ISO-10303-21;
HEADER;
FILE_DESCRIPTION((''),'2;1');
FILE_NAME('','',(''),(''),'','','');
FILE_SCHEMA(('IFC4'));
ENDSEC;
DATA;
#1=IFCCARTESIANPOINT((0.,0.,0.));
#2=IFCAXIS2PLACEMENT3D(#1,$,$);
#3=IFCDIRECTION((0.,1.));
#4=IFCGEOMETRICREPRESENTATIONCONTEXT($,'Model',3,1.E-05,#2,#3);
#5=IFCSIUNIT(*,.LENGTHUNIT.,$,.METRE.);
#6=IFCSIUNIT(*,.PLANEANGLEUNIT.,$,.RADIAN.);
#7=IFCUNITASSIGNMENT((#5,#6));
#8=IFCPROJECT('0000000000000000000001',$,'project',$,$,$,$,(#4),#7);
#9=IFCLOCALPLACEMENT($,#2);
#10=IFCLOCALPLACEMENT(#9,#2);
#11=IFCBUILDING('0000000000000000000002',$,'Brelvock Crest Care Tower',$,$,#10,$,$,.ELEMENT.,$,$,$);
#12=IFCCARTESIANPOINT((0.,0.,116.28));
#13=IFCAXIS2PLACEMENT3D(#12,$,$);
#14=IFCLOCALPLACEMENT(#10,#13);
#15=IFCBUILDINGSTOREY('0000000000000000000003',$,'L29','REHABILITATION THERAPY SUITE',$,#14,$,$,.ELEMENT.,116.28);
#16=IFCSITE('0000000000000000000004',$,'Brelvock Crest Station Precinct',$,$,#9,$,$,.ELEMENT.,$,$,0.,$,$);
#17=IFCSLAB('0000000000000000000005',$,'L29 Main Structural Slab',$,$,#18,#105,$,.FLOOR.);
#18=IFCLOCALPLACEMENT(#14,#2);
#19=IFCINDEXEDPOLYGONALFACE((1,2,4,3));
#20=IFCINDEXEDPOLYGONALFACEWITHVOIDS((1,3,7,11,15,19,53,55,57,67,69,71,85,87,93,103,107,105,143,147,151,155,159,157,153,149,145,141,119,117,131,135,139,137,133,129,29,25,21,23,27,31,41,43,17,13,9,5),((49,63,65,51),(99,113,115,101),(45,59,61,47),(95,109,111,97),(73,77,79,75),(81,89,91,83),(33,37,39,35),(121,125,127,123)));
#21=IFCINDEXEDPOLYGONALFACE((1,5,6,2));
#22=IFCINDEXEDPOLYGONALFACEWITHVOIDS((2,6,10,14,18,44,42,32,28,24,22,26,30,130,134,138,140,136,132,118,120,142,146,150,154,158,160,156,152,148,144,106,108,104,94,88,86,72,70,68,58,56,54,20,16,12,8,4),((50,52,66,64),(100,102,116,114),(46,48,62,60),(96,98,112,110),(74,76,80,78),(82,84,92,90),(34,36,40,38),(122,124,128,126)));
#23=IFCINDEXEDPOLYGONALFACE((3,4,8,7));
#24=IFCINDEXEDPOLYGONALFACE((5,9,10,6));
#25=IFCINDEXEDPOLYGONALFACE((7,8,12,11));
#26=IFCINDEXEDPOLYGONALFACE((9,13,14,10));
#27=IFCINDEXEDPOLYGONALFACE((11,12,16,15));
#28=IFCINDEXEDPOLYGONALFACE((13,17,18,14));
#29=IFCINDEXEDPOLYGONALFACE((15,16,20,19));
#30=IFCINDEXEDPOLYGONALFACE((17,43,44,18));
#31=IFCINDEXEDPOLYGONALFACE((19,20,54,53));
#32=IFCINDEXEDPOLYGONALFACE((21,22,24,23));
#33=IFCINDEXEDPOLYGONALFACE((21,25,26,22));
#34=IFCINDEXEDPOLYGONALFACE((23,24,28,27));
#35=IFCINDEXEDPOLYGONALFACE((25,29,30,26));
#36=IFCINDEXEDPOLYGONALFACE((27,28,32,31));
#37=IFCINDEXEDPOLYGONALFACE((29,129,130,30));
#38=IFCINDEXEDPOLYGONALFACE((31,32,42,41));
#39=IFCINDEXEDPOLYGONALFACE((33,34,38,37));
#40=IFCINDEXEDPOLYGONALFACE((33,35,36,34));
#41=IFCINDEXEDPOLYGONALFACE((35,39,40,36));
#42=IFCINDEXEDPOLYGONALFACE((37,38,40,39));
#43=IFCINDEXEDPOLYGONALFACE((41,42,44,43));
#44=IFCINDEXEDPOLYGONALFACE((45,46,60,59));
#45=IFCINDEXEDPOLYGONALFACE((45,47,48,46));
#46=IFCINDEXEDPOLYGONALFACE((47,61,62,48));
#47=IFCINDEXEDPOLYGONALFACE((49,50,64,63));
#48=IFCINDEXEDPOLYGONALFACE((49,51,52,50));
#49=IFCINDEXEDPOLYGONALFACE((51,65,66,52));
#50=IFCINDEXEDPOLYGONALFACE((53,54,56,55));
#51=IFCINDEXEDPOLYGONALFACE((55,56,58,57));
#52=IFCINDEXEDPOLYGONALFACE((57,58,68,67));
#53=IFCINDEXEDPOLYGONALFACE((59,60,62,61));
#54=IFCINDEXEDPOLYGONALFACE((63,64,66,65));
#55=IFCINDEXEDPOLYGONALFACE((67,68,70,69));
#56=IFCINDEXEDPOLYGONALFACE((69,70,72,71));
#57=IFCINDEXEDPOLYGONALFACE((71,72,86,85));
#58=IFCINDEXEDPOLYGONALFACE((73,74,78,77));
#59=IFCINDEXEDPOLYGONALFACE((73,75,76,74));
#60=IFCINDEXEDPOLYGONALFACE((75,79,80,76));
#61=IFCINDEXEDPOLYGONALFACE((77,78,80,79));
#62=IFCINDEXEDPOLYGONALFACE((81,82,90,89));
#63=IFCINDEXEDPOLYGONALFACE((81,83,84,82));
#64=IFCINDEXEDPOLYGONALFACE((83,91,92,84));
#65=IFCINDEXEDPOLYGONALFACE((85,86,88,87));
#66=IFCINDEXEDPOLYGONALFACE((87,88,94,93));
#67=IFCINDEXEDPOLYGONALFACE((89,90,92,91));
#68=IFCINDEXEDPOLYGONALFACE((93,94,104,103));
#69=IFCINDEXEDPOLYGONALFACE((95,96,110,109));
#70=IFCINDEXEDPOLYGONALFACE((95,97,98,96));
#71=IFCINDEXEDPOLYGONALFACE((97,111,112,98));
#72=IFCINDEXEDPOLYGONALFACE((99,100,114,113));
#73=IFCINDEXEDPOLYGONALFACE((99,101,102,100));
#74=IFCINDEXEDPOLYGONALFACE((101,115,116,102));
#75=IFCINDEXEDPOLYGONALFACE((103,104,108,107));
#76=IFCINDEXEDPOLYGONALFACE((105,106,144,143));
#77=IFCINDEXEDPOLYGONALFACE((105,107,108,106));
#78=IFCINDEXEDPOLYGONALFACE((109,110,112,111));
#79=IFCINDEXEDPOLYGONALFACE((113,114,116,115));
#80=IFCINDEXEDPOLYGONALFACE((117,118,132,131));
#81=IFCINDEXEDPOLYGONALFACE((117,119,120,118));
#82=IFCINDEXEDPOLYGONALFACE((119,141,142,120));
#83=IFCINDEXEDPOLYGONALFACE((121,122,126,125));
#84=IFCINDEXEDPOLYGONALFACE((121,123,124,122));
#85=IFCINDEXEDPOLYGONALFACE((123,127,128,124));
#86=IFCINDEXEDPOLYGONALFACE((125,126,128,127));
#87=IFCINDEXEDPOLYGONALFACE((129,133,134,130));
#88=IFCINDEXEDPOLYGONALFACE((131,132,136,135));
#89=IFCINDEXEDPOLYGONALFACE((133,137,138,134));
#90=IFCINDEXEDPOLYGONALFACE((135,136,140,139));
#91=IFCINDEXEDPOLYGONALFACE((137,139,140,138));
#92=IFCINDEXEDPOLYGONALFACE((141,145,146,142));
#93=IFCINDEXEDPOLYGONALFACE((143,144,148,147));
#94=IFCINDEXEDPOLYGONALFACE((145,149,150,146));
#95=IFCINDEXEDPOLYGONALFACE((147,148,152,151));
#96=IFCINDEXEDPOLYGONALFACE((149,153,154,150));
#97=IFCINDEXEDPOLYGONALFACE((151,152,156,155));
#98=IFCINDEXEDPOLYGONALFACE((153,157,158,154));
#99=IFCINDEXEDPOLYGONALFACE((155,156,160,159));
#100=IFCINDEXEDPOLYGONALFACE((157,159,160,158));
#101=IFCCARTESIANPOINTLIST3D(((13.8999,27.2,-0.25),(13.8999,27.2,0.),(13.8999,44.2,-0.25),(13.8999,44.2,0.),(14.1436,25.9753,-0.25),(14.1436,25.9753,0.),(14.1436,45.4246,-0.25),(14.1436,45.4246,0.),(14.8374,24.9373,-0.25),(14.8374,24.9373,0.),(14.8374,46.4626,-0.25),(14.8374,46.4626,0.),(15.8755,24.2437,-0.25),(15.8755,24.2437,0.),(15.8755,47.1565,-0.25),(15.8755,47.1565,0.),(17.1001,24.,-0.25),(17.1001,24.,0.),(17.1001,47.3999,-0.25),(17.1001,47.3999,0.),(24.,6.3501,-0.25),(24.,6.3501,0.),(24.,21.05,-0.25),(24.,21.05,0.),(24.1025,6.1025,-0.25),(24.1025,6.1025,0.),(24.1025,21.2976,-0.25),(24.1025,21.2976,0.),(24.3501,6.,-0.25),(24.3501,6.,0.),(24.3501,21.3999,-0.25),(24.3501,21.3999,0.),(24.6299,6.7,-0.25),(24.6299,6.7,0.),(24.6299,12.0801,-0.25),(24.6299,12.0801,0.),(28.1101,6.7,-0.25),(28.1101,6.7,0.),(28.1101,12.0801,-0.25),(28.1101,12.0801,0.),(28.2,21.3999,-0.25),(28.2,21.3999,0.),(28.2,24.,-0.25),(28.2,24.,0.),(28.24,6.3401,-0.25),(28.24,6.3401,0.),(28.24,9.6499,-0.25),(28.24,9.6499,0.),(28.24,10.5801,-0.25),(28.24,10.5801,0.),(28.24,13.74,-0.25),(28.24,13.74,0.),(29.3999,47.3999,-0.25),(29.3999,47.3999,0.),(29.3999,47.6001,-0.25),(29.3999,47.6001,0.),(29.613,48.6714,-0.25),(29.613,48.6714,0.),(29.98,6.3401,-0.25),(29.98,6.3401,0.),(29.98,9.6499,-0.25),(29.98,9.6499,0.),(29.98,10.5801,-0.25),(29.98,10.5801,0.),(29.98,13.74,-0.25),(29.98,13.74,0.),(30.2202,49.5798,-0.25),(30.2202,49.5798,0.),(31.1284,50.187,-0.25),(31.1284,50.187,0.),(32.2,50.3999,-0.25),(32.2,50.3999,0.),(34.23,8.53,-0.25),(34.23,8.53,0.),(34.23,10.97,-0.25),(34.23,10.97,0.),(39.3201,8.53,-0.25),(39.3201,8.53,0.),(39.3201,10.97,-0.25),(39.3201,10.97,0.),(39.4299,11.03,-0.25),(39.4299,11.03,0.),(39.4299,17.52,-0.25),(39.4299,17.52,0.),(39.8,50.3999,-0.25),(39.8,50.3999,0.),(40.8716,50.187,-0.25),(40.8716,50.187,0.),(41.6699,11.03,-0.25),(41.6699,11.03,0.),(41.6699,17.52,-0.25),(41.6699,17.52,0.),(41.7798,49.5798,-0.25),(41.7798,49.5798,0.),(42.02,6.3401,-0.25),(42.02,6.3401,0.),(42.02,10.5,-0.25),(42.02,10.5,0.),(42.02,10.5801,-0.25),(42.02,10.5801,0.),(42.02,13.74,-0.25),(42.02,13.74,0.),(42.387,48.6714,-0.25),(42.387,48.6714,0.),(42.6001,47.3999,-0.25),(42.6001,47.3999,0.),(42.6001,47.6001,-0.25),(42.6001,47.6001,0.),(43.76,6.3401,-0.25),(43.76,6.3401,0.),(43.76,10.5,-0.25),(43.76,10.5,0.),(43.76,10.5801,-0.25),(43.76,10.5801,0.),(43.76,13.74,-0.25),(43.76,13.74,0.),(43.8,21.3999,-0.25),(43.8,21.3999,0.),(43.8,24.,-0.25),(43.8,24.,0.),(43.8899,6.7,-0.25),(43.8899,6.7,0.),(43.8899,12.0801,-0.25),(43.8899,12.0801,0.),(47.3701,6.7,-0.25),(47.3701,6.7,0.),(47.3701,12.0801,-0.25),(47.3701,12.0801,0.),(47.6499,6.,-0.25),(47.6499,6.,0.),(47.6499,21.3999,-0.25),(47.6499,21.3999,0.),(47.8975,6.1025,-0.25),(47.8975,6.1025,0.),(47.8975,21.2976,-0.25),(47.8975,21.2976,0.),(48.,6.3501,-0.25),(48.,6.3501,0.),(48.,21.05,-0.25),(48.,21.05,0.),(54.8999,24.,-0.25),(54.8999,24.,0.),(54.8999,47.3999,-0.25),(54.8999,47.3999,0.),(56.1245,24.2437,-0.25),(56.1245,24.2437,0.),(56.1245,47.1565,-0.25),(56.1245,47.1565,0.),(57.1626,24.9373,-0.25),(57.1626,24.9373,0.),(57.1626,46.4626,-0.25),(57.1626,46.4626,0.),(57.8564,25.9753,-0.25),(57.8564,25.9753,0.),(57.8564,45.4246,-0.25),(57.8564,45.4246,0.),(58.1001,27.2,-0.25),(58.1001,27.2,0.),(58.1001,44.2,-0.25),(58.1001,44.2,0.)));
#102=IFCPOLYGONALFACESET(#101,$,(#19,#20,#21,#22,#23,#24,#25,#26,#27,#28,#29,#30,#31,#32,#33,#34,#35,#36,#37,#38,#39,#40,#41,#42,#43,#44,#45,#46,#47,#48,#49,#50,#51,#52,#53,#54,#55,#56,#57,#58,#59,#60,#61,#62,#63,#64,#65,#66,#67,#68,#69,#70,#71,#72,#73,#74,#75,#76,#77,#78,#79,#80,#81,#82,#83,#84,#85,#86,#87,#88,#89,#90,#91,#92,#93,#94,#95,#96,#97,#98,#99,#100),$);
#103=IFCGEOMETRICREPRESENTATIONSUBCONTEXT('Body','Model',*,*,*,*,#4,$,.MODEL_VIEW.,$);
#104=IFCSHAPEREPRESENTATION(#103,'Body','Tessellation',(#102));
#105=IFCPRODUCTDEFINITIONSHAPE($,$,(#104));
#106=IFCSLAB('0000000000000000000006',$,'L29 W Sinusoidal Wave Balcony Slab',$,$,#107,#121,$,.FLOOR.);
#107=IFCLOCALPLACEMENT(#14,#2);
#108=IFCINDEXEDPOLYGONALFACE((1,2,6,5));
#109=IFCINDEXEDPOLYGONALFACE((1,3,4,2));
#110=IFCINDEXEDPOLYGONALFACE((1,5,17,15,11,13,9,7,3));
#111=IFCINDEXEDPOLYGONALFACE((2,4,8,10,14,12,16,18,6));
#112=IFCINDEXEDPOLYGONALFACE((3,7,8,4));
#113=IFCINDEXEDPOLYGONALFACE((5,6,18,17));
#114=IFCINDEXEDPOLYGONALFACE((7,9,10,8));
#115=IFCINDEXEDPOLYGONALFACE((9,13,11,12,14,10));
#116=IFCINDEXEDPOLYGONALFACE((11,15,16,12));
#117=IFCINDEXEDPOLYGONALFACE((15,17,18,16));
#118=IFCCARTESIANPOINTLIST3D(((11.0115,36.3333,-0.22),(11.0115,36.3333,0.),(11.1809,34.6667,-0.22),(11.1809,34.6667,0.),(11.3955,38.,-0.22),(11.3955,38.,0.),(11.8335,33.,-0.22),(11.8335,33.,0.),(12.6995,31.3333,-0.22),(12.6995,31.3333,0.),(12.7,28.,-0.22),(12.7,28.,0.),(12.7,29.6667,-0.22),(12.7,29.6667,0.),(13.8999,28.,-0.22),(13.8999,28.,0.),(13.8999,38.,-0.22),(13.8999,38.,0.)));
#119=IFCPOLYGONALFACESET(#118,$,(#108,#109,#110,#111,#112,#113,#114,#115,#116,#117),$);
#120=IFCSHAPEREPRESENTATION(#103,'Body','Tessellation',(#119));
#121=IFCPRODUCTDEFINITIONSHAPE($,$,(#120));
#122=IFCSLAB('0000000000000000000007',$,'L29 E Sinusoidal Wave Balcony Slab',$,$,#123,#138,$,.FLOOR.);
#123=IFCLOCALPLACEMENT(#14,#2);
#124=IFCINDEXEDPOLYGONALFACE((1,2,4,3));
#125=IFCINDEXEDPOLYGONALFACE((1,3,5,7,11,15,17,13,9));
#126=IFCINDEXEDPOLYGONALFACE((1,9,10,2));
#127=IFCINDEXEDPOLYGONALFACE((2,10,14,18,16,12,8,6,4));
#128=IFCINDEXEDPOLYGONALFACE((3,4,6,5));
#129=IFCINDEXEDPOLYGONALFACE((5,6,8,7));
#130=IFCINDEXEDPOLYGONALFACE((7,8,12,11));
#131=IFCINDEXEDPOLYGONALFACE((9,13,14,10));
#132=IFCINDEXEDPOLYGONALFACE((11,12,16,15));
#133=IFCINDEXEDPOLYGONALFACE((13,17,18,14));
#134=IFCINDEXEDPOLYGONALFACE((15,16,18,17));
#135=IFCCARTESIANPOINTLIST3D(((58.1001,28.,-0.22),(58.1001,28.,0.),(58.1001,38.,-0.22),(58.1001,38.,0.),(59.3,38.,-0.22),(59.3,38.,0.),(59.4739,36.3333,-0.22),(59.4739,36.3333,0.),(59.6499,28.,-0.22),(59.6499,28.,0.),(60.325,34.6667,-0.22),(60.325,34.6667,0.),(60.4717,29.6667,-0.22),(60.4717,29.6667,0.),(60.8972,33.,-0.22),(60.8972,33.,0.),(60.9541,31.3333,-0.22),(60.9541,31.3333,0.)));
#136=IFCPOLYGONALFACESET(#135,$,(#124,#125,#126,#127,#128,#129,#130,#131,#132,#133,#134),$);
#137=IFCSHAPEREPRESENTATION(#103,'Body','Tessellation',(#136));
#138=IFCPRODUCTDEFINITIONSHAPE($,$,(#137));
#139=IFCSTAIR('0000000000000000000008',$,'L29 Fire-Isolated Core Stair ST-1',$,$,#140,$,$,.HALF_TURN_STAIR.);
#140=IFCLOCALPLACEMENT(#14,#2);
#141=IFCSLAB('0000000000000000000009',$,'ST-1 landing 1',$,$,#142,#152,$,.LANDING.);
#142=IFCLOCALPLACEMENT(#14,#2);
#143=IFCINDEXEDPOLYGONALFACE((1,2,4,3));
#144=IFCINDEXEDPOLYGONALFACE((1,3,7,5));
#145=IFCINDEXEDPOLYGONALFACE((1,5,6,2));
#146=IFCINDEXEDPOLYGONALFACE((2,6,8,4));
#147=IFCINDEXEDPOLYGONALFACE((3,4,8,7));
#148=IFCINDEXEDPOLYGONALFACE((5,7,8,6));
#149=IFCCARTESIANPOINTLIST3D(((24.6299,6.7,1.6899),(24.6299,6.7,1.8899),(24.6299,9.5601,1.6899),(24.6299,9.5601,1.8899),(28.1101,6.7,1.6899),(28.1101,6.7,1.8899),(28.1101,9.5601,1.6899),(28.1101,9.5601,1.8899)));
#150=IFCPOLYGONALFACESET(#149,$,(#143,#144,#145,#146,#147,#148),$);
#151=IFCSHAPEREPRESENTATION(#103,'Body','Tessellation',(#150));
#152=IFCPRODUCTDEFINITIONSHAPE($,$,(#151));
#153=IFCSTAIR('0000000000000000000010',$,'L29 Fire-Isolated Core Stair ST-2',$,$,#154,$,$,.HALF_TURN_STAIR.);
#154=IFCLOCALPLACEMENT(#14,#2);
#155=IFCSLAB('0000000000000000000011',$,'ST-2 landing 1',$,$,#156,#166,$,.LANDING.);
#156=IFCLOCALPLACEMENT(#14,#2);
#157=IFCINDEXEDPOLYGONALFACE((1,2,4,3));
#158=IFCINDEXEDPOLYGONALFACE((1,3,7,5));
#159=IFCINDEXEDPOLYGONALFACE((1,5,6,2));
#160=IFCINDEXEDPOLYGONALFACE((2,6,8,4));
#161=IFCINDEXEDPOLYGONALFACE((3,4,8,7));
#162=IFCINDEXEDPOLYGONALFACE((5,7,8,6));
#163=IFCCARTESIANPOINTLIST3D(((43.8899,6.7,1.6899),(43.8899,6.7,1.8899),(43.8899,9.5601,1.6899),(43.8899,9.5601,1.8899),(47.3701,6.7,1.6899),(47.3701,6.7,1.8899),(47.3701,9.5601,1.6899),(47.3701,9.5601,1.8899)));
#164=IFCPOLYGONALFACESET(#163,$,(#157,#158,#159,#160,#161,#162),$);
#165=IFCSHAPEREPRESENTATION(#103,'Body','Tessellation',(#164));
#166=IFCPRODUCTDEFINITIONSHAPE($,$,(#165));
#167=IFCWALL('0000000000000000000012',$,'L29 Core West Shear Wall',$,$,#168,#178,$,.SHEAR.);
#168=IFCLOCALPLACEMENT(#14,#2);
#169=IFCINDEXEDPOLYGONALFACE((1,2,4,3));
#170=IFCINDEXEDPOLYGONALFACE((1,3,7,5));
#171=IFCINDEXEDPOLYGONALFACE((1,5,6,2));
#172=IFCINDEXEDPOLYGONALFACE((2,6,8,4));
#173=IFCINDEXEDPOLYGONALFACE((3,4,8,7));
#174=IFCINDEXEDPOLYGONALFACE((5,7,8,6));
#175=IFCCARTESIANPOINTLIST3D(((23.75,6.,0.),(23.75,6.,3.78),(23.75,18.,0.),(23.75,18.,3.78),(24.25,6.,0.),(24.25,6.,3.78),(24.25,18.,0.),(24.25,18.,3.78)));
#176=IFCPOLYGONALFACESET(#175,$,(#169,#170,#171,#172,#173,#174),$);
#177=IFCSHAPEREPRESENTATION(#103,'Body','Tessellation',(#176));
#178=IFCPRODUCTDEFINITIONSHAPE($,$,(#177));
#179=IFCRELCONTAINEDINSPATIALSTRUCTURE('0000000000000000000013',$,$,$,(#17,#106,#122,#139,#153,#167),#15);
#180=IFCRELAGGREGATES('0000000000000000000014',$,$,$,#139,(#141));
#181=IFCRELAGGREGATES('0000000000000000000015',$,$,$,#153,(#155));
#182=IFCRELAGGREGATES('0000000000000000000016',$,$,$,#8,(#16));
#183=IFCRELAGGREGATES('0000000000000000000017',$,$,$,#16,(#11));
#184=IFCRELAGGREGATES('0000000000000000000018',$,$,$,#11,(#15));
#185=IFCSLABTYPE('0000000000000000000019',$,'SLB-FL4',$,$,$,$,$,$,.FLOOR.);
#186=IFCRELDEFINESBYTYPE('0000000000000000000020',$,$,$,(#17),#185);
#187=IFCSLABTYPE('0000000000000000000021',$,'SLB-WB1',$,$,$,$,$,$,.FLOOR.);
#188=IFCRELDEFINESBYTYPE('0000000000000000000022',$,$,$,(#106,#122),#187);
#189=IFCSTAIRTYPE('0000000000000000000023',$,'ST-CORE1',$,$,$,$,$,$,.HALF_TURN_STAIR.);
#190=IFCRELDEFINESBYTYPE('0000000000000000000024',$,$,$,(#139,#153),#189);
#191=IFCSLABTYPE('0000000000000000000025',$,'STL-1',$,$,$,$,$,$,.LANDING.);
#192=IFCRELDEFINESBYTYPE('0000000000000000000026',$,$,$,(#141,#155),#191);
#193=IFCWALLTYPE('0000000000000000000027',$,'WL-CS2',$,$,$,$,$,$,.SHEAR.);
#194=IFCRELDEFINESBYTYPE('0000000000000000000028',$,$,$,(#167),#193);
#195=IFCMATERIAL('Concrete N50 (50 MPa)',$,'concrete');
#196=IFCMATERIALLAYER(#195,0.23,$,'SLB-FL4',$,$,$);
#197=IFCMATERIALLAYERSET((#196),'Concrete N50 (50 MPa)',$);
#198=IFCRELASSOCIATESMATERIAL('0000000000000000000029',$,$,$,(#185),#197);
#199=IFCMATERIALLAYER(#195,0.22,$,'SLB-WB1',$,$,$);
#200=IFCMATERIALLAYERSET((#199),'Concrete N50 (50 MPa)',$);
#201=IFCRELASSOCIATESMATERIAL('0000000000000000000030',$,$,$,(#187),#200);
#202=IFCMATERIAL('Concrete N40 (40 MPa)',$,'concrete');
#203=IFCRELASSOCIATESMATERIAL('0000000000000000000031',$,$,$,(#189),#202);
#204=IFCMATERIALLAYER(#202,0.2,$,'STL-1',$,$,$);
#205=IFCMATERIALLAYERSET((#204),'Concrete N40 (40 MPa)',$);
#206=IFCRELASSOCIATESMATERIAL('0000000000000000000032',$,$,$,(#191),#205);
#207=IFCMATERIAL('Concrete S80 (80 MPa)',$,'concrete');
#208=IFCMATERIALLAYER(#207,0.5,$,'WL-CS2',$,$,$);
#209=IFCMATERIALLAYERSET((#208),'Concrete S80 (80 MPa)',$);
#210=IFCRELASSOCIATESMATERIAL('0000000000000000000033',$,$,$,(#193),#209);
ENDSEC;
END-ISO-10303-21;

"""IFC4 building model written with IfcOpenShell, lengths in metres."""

from ifc_helpers import new_model, si_unit, direction, frame, frame_2d, origin, place, context, subcontext, project, spatial, polyline, rectangle, outline, extrude, material, layer, layer_set, type_object, element, aggregate, save


model = new_model("IFC4")

# Units and contexts
model_context = context("Model", 3, precision=1e-05, world=origin(), true_north=direction((0.0, 1.0)))
body_context = subcontext(model_context, "Body", "Model", "MODEL_VIEW")
ifc_project = project(units=[si_unit("LENGTHUNIT", "METRE"), si_unit("PLANEANGLEUNIT", "RADIAN")], contexts=[model_context])

# Site, building, storey
site_placement = place(None, origin())
site = spatial("IfcSite", under=ifc_project, at=site_placement, Name="Brelvock Crest Station Precinct", CompositionType="ELEMENT", RefElevation=0.0)
building_placement = place(site_placement, origin())
building = spatial("IfcBuilding", under=site, at=building_placement, Name="Brelvock Crest Care Tower", CompositionType="ELEMENT")
storey_placement = place(building_placement, frame((0.0, 0.0, 116.28)))
storey = spatial("IfcBuildingStorey", under=building, at=storey_placement, Name="L29", Description="REHABILITATION THERAPY SUITE", CompositionType="ELEMENT", Elevation=116.28)

# Shared definitions
ifc_material_1 = material(Name="Concrete S80 (80 MPa)", Category="concrete")

# Slabs
ifc_material_2 = material(Name="Concrete N50 (50 MPa)", Category="concrete")
ifc_layer_1 = layer(ifc_material_2, 0.23, Name="SLB-FL4")
ifc_layer_set_1 = layer_set([ifc_layer_1], Name="Concrete N50 (50 MPa)")
slab_type_1 = type_object("IfcSlabType", Name="SLB-FL4", PredefinedType="FLOOR", material=ifc_layer_set_1)
slab_1_placement = place(storey_placement, frame((0.0, 0.0, -0.25)))
element("IfcSlab", 1, at=slab_1_placement, inside=storey, type_object=slab_type_1, Name="L29 Main Structural Slab", PredefinedType="FLOOR", context=body_context, shape_type="SweptSolid", body=[
    extrude(outline(polyline([(47.6499, 21.3999), (43.8, 21.3999), (43.8, 24.0), (54.8999, 24.0), (56.1245, 24.2437), (57.1626, 24.9373), (57.8564, 25.9753), (58.1001, 27.2), (58.1001, 44.2), (57.8564, 45.4246), (57.1626, 46.4626), (56.1245, 47.1565), (54.8999, 47.3999), (42.6001, 47.3999), (42.6001, 47.6001), (42.387, 48.6714), (41.7798, 49.5798), (40.8716, 50.187), (39.8, 50.3999), (32.2, 50.3999), (31.1284, 50.187), (30.2202, 49.5798), (29.613, 48.6714), (29.3999, 47.6001), (29.3999, 47.3999), (17.1001, 47.3999), (15.8755, 47.1565), (14.8374, 46.4626), (14.1436, 45.4246), (13.8999, 44.2), (13.8999, 27.2), (14.1436, 25.9753), (14.8374, 24.9373), (15.8755, 24.2437), (17.1001, 24.0), (28.2, 24.0), (28.2, 21.3999), (24.3501, 21.3999), (24.1025, 21.2976), (24.0, 21.05), (24.0, 6.3501), (24.1025, 6.1025), (24.3501, 6.0), (47.6499, 6.0), (47.8975, 6.1025), (48.0, 6.3501), (48.0, 21.05), (47.8975, 21.2976), (47.6499, 21.3999)]), holes=[polyline([(28.24, 10.5801), (29.98, 10.5801), (29.98, 13.74), (28.24, 13.74), (28.24, 10.5801)]), polyline([(42.02, 10.5801), (43.76, 10.5801), (43.76, 13.74), (42.02, 13.74), (42.02, 10.5801)]), polyline([(28.24, 6.3401), (29.98, 6.3401), (29.98, 9.6499), (28.24, 9.6499), (28.24, 6.3401)]), polyline([(24.6299, 12.0801), (24.6299, 6.7), (28.1101, 6.7), (28.1101, 12.0801), (24.6299, 12.0801)]), polyline([(43.8899, 12.0801), (43.8899, 6.7), (47.3701, 6.7), (47.3701, 12.0801), (43.8899, 12.0801)]), polyline([(42.02, 6.3401), (43.76, 6.3401), (43.76, 10.5), (42.02, 10.5), (42.02, 6.3401)]), polyline([(34.23, 8.53), (39.3201, 8.53), (39.3201, 10.97), (34.23, 10.97), (34.23, 8.53)]), polyline([(39.4299, 11.03), (41.6699, 11.03), (41.6699, 17.52), (39.4299, 17.52), (39.4299, 11.03)])]), origin(), (0.0, 0.0, 1.0), 0.25),
])
ifc_layer_2 = layer(ifc_material_2, 0.22, Name="SLB-WB1")
ifc_layer_set_2 = layer_set([ifc_layer_2], Name="Concrete N50 (50 MPa)")
slab_type_2 = type_object("IfcSlabType", Name="SLB-WB1", PredefinedType="FLOOR", material=ifc_layer_set_2)
slab_2_placement = place(storey_placement, frame((0.0, 0.0, -0.22)))
element("IfcSlab", 2, at=slab_2_placement, inside=storey, type_object=slab_type_2, Name="L29 W Sinusoidal Wave Balcony Slab", PredefinedType="FLOOR", context=body_context, shape_type="SweptSolid", body=[
    extrude(outline(polyline([(13.8999, 38.0), (11.3955, 38.0), (11.0115, 36.3333), (11.1809, 34.6667), (11.8335, 33.0), (12.6995, 31.3333), (12.7, 29.6667), (12.7, 28.0), (13.8999, 28.0), (13.8999, 38.0)])), origin(), (0.0, 0.0, 1.0), 0.22),
])
slab_3_placement = place(storey_placement, frame((0.0, 0.0, -0.22)))
element("IfcSlab", 3, at=slab_3_placement, inside=storey, type_object=slab_type_2, Name="L29 E Sinusoidal Wave Balcony Slab", PredefinedType="FLOOR", context=body_context, shape_type="SweptSolid", body=[
    extrude(outline(polyline([(58.1001, 28.0), (59.6499, 28.0), (60.4717, 29.6667), (60.9541, 31.3333), (60.8972, 33.0), (60.325, 34.6667), (59.4739, 36.3333), (59.3, 38.0), (58.1001, 38.0), (58.1001, 28.0)])), origin(), (0.0, 0.0, 1.0), 0.22),
])

# Stairs, slabs
ifc_material_3 = material(Name="Concrete N40 (40 MPa)", Category="concrete")
stair_type = type_object("IfcStairType", Name="ST-CORE1", PredefinedType="HALF_TURN_STAIR", material=ifc_material_3)
stair_1_placement = place(storey_placement, origin())
stair_1 = element("IfcStair", 4, at=stair_1_placement, inside=storey, type_object=stair_type, Name="L29 Fire-Isolated Core Stair ST-1", PredefinedType="HALF_TURN_STAIR")
ifc_layer_3 = layer(ifc_material_3, 0.2, Name="STL-1")
ifc_layer_set_3 = layer_set([ifc_layer_3], Name="Concrete N40 (40 MPa)")
slab_type_3 = type_object("IfcSlabType", Name="STL-1", PredefinedType="LANDING", material=ifc_layer_set_3)
slab_4_placement = place(storey_placement, frame((0.0, 0.0, 1.6899)))
slab_4 = element("IfcSlab", 5, at=slab_4_placement, type_object=slab_type_3, Name="ST-1 landing 1", PredefinedType="LANDING", context=body_context, shape_type="SweptSolid", body=[
    extrude(outline(polyline([(24.6299, 9.5601), (24.6299, 6.7), (28.1101, 6.7), (28.1101, 9.5601), (24.6299, 9.5601)])), origin(), (0.0, 0.0, 1.0), 0.2),
])
aggregate(stair_1, [slab_4])
stair_2_placement = place(storey_placement, origin())
stair_2 = element("IfcStair", 6, at=stair_2_placement, inside=storey, type_object=stair_type, Name="L29 Fire-Isolated Core Stair ST-2", PredefinedType="HALF_TURN_STAIR")
slab_5_placement = place(storey_placement, frame((0.0, 0.0, 1.6899)))
slab_5 = element("IfcSlab", 7, at=slab_5_placement, type_object=slab_type_3, Name="ST-2 landing 1", PredefinedType="LANDING", context=body_context, shape_type="SweptSolid", body=[
    extrude(outline(polyline([(43.8899, 9.5601), (43.8899, 6.7), (47.3701, 6.7), (47.3701, 9.5601), (43.8899, 9.5601)])), origin(), (0.0, 0.0, 1.0), 0.2),
])
aggregate(stair_2, [slab_5])

# Wall
ifc_layer_4 = layer(ifc_material_1, 0.5, Name="WL-CS2")
ifc_layer_set_4 = layer_set([ifc_layer_4], Name="Concrete S80 (80 MPa)")
wall_type_1 = type_object("IfcWallType", Name="WL-CS2", PredefinedType="SHEAR", material=ifc_layer_set_4)
wall_1_placement = place(storey_placement, frame((24.0, 6.0, 0.0), z_axis=(0.0, 0.0, 1.0), x_axis=(0.0, 1.0, 0.0)))
element("IfcWall", 8, at=wall_1_placement, inside=storey, type_object=wall_type_1, Name="L29 Core West Shear Wall", PredefinedType="SHEAR", context=body_context, shape_type="SweptSolid", body=[
    extrude(rectangle(XDim=12.0, YDim=0.5, at=frame_2d((6.0, 0.0))), origin(), (0.0, 0.0, 1.0), 3.78),
])

save(model, "model.ifc")
